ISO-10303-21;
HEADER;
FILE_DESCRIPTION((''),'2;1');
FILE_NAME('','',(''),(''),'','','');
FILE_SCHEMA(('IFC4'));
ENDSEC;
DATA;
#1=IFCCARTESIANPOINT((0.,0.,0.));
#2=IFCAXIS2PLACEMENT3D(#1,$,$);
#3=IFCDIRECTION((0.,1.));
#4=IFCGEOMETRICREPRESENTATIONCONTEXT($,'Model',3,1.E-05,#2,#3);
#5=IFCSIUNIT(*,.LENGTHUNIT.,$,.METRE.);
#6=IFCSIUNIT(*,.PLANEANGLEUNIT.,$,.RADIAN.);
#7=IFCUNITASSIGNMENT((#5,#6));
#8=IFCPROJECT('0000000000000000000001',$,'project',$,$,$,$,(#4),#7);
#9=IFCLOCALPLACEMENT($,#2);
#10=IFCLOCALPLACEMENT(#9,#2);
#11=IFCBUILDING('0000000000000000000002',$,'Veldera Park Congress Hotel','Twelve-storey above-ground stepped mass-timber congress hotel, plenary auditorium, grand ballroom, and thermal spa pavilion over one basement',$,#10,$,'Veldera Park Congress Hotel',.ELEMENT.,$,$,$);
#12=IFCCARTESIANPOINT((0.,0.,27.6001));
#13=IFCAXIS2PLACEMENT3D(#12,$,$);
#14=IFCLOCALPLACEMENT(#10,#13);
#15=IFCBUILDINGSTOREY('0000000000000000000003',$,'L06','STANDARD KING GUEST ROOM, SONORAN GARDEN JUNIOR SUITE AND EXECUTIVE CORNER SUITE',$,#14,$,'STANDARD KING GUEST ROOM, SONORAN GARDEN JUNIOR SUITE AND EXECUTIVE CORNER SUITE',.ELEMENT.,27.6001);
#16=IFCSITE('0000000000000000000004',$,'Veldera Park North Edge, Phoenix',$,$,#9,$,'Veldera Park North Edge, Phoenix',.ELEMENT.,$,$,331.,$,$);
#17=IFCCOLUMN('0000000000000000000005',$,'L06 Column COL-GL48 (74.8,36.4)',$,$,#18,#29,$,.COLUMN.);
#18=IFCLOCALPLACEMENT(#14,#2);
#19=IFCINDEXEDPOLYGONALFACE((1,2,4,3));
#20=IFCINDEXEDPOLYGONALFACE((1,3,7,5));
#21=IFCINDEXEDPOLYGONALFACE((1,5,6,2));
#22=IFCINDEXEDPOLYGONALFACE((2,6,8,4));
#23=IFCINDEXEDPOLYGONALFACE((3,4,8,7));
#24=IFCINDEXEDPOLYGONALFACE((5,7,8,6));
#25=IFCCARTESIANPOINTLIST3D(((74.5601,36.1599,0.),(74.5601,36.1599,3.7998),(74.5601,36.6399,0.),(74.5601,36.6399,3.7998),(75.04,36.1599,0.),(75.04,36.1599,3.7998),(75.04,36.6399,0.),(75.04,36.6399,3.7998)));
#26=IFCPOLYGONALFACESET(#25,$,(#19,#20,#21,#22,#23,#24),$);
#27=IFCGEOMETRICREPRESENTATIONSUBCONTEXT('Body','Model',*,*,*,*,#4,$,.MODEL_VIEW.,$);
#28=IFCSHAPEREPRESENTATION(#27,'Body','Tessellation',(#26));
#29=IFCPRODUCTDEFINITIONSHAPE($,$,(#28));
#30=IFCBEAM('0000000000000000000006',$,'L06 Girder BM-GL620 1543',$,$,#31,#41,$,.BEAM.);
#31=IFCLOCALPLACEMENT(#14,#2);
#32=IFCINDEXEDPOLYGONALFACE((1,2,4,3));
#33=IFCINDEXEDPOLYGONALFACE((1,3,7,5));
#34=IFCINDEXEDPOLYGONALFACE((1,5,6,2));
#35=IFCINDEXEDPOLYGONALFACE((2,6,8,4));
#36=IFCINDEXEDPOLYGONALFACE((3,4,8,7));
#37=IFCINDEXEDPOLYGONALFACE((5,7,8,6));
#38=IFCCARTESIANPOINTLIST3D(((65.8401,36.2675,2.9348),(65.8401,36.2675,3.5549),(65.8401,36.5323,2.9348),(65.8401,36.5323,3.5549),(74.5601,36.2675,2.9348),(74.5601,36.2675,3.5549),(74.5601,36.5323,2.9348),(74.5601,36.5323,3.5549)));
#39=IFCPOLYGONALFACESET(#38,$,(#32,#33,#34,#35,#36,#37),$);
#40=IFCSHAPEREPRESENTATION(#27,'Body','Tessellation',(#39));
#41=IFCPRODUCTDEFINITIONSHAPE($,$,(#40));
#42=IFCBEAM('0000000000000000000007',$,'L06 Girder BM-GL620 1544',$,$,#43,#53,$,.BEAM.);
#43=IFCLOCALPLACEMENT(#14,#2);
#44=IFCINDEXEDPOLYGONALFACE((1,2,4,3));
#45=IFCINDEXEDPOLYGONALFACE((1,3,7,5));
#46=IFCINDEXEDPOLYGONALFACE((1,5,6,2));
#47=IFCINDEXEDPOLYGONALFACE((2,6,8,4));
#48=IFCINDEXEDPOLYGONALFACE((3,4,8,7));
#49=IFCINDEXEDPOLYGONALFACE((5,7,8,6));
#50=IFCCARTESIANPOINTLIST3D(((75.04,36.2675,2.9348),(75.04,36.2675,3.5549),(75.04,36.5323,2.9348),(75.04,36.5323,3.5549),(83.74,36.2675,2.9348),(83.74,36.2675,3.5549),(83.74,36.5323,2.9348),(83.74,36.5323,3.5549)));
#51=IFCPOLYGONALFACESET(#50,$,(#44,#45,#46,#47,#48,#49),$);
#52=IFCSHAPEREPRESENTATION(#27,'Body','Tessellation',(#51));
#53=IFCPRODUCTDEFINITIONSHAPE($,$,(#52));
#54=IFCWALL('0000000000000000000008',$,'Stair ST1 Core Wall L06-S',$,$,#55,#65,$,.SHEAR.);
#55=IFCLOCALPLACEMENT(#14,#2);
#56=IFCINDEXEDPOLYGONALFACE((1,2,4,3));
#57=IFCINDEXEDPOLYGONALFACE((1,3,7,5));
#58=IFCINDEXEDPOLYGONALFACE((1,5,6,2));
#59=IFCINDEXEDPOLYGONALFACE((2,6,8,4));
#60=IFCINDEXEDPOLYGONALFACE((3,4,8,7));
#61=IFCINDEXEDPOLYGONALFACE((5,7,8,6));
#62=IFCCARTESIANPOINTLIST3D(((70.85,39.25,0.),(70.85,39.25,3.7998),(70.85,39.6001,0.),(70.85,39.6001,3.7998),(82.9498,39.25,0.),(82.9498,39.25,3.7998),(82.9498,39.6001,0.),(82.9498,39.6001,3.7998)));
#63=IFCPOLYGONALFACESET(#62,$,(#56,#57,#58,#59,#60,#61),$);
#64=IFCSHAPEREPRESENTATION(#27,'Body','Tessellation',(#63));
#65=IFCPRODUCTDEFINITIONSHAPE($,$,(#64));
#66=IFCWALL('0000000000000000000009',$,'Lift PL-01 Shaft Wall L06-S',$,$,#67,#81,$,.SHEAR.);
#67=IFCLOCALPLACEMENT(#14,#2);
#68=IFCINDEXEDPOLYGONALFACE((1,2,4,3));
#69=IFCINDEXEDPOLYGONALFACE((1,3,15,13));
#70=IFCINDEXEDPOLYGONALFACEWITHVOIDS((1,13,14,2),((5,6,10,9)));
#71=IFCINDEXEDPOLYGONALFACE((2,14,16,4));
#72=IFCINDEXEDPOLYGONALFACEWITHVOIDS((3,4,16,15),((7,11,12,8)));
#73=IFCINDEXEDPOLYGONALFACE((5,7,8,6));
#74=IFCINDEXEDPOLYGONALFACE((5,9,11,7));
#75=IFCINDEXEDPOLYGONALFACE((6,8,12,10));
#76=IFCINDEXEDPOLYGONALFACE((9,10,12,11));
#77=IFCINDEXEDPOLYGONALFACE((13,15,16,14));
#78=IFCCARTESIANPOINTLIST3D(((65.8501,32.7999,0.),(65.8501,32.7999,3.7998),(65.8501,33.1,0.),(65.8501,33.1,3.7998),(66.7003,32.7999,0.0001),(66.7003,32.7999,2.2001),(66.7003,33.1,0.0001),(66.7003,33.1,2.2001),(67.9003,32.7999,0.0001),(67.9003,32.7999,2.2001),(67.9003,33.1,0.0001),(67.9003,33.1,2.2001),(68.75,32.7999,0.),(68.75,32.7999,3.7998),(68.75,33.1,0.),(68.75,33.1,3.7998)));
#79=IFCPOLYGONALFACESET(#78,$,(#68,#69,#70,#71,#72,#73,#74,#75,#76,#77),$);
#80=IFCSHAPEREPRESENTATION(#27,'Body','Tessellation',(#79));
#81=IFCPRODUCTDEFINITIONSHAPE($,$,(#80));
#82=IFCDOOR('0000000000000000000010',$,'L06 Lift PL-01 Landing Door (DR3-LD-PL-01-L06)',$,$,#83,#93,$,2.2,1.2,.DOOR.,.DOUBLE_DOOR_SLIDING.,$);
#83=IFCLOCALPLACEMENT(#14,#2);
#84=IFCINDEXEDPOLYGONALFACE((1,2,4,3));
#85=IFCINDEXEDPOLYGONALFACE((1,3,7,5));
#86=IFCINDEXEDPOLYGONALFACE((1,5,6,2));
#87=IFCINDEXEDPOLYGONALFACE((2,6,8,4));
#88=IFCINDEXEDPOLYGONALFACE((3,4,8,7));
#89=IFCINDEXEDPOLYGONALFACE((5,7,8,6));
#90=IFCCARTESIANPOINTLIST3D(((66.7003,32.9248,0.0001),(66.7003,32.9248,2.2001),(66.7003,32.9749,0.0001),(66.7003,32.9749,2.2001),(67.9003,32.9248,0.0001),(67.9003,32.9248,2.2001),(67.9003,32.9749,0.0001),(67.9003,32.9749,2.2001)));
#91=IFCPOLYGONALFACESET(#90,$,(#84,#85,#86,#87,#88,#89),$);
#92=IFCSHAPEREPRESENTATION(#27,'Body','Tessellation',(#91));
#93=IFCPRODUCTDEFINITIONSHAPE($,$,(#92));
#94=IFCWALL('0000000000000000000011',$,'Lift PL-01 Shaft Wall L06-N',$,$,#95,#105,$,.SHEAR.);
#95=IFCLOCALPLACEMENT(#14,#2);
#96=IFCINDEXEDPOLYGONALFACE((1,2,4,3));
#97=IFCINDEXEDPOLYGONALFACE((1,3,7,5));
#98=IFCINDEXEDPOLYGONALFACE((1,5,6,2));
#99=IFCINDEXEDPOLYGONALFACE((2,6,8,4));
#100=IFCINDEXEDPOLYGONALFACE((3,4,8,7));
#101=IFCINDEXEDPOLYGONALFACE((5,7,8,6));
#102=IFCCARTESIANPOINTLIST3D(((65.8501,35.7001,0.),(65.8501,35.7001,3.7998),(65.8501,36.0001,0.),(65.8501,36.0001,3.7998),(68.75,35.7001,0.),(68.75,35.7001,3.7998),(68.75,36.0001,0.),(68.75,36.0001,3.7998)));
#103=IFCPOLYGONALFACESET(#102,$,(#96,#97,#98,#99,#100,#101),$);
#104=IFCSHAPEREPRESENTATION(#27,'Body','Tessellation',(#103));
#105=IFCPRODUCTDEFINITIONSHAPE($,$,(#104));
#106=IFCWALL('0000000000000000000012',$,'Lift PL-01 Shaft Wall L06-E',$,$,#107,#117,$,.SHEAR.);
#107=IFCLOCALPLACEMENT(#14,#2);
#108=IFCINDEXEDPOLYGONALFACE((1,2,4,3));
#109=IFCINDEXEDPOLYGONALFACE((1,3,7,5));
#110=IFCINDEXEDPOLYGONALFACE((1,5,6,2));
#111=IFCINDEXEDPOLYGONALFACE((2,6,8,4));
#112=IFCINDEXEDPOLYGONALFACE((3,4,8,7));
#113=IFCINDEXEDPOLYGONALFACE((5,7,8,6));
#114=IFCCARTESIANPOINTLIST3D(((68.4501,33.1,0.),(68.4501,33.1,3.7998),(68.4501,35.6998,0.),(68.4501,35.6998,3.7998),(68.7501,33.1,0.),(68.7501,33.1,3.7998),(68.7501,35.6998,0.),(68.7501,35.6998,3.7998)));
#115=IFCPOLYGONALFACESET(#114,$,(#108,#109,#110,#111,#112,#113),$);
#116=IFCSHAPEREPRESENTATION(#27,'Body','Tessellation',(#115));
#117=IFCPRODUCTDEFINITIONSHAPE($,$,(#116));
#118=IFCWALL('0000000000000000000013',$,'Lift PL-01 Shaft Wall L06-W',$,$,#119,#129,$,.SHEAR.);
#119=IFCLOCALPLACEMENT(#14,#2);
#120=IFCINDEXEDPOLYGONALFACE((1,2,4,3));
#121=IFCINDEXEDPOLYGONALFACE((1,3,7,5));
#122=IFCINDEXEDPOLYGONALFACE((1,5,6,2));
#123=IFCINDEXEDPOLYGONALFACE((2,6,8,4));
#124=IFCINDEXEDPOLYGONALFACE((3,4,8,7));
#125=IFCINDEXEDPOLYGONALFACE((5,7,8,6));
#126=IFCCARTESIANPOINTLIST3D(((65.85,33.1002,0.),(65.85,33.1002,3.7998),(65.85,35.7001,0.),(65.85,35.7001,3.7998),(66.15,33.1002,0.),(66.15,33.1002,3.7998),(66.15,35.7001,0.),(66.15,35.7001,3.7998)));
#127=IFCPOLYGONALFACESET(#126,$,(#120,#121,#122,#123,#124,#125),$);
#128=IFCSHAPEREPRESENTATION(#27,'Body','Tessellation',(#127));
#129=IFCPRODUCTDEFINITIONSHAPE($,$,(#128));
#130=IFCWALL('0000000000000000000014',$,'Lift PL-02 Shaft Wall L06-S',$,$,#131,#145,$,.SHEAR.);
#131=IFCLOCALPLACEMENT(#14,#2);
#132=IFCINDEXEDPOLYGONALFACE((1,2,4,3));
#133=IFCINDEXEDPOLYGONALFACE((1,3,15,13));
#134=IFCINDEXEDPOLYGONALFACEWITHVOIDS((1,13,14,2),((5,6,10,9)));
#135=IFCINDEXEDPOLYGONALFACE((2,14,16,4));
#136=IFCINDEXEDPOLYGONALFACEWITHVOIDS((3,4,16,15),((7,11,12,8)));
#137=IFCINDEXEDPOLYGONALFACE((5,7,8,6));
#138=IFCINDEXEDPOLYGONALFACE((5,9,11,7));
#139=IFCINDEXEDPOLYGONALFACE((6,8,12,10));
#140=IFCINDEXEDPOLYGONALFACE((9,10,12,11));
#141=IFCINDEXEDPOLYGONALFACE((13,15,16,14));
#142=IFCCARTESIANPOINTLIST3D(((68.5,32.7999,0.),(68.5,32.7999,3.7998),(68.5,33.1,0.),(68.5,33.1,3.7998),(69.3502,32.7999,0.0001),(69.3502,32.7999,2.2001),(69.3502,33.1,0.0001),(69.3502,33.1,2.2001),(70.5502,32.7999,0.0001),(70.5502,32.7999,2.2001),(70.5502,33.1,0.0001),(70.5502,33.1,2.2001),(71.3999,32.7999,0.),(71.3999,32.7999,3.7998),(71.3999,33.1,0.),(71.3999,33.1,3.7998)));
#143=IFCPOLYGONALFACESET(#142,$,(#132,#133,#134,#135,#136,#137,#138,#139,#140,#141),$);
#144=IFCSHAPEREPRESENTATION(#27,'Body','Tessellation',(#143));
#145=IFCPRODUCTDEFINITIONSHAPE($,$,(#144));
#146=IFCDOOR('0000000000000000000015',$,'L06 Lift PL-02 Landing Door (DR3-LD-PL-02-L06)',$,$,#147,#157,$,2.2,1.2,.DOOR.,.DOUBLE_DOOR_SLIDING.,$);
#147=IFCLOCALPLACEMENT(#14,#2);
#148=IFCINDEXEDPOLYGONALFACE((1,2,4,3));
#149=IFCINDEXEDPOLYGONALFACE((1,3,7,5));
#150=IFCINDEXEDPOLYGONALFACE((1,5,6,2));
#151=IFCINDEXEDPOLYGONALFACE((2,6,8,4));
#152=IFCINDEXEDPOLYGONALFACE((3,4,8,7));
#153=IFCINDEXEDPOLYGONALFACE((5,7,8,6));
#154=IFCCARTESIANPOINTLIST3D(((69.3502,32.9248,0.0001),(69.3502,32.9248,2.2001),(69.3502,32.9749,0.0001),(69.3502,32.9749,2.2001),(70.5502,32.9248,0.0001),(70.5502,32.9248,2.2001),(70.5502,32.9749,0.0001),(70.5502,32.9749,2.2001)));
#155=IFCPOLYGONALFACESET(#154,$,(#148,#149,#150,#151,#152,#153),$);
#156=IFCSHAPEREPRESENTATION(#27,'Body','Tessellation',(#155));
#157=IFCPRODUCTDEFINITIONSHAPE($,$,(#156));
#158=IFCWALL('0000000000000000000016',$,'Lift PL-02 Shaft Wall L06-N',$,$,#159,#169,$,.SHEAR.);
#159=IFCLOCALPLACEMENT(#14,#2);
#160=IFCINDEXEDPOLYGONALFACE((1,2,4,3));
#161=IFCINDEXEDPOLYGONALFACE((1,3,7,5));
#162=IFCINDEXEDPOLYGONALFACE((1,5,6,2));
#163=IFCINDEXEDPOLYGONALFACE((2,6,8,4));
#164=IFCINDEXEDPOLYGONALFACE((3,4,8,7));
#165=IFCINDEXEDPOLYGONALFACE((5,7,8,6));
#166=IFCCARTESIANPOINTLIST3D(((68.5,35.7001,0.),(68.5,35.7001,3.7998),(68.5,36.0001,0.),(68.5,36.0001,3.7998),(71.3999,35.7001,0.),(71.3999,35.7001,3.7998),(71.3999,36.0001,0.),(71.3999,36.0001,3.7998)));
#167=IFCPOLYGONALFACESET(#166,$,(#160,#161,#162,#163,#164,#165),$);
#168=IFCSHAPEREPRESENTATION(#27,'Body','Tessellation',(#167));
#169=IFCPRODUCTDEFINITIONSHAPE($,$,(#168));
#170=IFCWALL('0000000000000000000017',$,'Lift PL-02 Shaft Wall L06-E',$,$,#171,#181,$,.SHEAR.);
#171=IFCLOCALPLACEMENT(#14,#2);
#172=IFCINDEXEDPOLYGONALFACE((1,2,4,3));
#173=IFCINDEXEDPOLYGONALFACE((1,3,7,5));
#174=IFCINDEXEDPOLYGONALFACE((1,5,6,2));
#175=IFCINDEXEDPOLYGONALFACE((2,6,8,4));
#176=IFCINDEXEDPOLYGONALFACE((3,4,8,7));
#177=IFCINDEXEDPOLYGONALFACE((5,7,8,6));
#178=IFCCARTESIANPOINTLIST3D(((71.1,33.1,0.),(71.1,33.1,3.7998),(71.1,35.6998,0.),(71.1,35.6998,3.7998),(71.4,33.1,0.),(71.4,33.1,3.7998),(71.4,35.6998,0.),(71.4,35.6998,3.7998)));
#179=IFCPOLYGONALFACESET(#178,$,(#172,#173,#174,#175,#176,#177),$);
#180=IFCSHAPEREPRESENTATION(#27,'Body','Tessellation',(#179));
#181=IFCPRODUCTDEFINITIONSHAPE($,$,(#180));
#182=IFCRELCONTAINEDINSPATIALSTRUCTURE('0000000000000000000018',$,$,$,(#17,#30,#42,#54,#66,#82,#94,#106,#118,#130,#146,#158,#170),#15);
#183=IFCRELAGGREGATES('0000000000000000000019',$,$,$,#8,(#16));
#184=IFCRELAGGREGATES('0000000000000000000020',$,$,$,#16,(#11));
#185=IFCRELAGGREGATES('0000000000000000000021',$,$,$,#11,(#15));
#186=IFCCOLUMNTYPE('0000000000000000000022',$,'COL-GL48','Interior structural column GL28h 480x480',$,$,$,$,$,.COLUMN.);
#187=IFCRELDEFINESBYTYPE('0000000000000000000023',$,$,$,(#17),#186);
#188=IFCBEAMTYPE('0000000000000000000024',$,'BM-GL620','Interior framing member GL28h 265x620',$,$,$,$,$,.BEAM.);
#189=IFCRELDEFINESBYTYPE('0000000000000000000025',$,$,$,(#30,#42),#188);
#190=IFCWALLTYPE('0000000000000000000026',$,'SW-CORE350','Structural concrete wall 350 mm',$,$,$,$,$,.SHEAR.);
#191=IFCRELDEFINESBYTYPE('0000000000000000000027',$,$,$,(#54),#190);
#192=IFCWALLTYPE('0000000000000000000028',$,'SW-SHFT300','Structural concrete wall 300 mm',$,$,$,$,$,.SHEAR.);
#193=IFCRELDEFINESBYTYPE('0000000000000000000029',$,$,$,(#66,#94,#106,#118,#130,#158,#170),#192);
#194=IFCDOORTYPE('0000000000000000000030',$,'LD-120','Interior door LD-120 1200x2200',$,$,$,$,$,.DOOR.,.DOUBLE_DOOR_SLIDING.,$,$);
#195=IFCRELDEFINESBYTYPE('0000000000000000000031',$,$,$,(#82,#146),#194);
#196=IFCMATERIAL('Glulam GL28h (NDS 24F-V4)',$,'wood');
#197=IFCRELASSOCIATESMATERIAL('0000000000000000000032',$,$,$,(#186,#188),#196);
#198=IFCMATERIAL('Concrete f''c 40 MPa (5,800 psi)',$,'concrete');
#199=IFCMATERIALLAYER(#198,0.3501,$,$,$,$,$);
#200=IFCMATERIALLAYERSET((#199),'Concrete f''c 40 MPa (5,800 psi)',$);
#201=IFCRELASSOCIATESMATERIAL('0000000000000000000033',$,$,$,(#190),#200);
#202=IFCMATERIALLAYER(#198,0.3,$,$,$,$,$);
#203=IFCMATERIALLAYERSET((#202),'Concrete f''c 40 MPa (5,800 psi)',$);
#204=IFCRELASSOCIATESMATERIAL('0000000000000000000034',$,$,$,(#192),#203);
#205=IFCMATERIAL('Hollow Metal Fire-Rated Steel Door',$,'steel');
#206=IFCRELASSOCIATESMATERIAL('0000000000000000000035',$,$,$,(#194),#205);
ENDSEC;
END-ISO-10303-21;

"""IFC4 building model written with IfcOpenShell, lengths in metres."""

from ifc_helpers import new_model, si_unit, direction, frame, frame_2d, origin, origin_2d, place, context, subcontext, project, spatial, rectangle, extrude, material, layer, layer_set, material_profile, profile_set, type_object, element, fill, save


model = new_model("IFC4")

# Units and contexts
model_context = context("Model", 3, precision=1e-05, world=origin(), true_north=direction((0.0, 1.0)))
body_context = subcontext(model_context, "Body", "Model", "MODEL_VIEW")
ifc_project = project(units=[si_unit("LENGTHUNIT", "METRE"), si_unit("PLANEANGLEUNIT", "RADIAN")], contexts=[model_context])

# Site, building, storey
site_placement = place(None, origin())
site = spatial("IfcSite", under=ifc_project, at=site_placement, Name="Veldera Park North Edge, Phoenix", LongName="Veldera Park North Edge, Phoenix", CompositionType="ELEMENT", RefElevation=331.0)
building_placement = place(site_placement, origin())
building = spatial("IfcBuilding", under=site, at=building_placement, Name="Veldera Park Congress Hotel", Description="Twelve-storey above-ground stepped mass-timber congress hotel, plenary auditorium, grand ballroom, and thermal spa pavilion over one basement", LongName="Veldera Park Congress Hotel", CompositionType="ELEMENT")
storey_placement = place(building_placement, frame((0.0, 0.0, 27.6001)))
storey = spatial("IfcBuildingStorey", under=building, at=storey_placement, Name="L06", Description="STANDARD KING GUEST ROOM, SONORAN GARDEN JUNIOR SUITE AND EXECUTIVE CORNER SUITE", LongName="STANDARD KING GUEST ROOM, SONORAN GARDEN JUNIOR SUITE AND EXECUTIVE CORNER SUITE", CompositionType="ELEMENT", Elevation=27.6001)

# Column
ifc_material_1 = material(Name="Glulam GL28h (NDS 24F-V4)", Category="wood")
ifc_material_profile_1 = material_profile(ifc_material_1, rectangle(XDim=0.48, YDim=0.48, at=origin_2d()), Name="GL28h 480x480")
ifc_profile_set_1 = profile_set([ifc_material_profile_1], Name="Glulam GL28h (NDS 24F-V4)")
column_type = type_object("IfcColumnType", Name="COL-GL48", Description="Interior structural column GL28h 480x480", PredefinedType="COLUMN", material=ifc_profile_set_1)
column_placement = place(storey_placement, frame((74.8, 36.3999, 0.0), z_axis=(0.0, 0.0, 1.0), x_axis=(1.0, 0.0, 0.0)))
element("IfcColumn", 1, at=column_placement, inside=storey, type_object=column_type, Name="L06 Column COL-GL48 (74.8,36.4)", PredefinedType="COLUMN", context=body_context, shape_type="SweptSolid", body=[
    extrude(rectangle(XDim=0.48, YDim=0.48, at=origin_2d()), origin(), (0.0, 0.0, 1.0), 3.7998),
])

# Beams
ifc_material_profile_2 = material_profile(ifc_material_1, rectangle(XDim=0.2649, YDim=0.6201, at=origin_2d()), Name="GL28h 265x620")
ifc_profile_set_2 = profile_set([ifc_material_profile_2], Name="Glulam GL28h (NDS 24F-V4)")
beam_type = type_object("IfcBeamType", Name="BM-GL620", Description="Interior framing member GL28h 265x620", PredefinedType="BEAM", material=ifc_profile_set_2)
beam_1_placement = place(storey_placement, frame((65.8401, 36.3999, 3.2449), z_axis=(1.0, 0.0, 0.0), x_axis=(0.0, 1.0, 0.0)))
element("IfcBeam", 2, at=beam_1_placement, inside=storey, type_object=beam_type, Name="L06 Girder BM-GL620 1543", PredefinedType="BEAM", context=body_context, shape_type="SweptSolid", body=[
    extrude(rectangle(XDim=0.2649, YDim=0.6201, at=origin_2d()), origin(), (0.0, 0.0, 1.0), 8.72),
])
beam_2_placement = place(storey_placement, frame((75.04, 36.3999, 3.2449), z_axis=(1.0, 0.0, 0.0), x_axis=(0.0, 1.0, 0.0)))
element("IfcBeam", 3, at=beam_2_placement, inside=storey, type_object=beam_type, Name="L06 Girder BM-GL620 1544", PredefinedType="BEAM", context=body_context, shape_type="SweptSolid", body=[
    extrude(rectangle(XDim=0.2649, YDim=0.6201, at=origin_2d()), origin(), (0.0, 0.0, 1.0), 8.7),
])

# Wall
ifc_material_2 = material(Name="Concrete f'c 40 MPa (5,800 psi)", Category="concrete")
ifc_layer_1 = layer(ifc_material_2, 0.3501)
ifc_layer_set_1 = layer_set([ifc_layer_1], Name="Concrete f'c 40 MPa (5,800 psi)")
wall_type_1 = type_object("IfcWallType", Name="SW-CORE350", Description="Structural concrete wall 350 mm", PredefinedType="SHEAR", material=ifc_layer_set_1)
wall_1_placement = place(storey_placement, frame((70.8501, 39.425, 0.0), z_axis=(0.0, 0.0, 1.0), x_axis=(1.0, 0.0, 0.0)))
element("IfcWall", 4, at=wall_1_placement, inside=storey, type_object=wall_type_1, Name="Stair ST1 Core Wall L06-S", PredefinedType="SHEAR", context=body_context, shape_type="SweptSolid", body=[
    extrude(rectangle(XDim=12.0999, YDim=0.3501, at=frame_2d((6.0498, 0.0))), origin(), (0.0, 0.0, 1.0), 3.7998),
])

# Wall, opening, door
ifc_layer_2 = layer(ifc_material_2, 0.3)
ifc_layer_set_2 = layer_set([ifc_layer_2], Name="Concrete f'c 40 MPa (5,800 psi)")
wall_type_2 = type_object("IfcWallType", Name="SW-SHFT300", Description="Structural concrete wall 300 mm", PredefinedType="SHEAR", material=ifc_layer_set_2)
wall_2_placement = place(storey_placement, frame((65.8501, 32.95, 0.0), z_axis=(0.0, 0.0, 1.0), x_axis=(1.0, 0.0, 0.0)))
wall_2 = element("IfcWall", 5, at=wall_2_placement, inside=storey, type_object=wall_type_2, Name="Lift PL-01 Shaft Wall L06-S", PredefinedType="SHEAR", context=body_context, shape_type="SweptSolid", body=[
    extrude(rectangle(XDim=2.8999, YDim=0.3, at=frame_2d((1.45, 0.0))), origin(), (0.0, 0.0, 1.0), 3.7998),
])
opening_1_placement = place(wall_2_placement, frame((0.8501, 0.0, 0.0)))
opening_1 = element("IfcOpeningElement", 6, at=opening_1_placement, cuts=wall_2, PredefinedType="OPENING", context=body_context, shape_type="SweptSolid", body=[
    extrude(rectangle(XDim=1.2, YDim=2.2, at=frame_2d((0.6001, 1.1001))), frame((0.0, 0.1621, 0.0), z_axis=(0.0, -1.0, 0.0), x_axis=(1.0, 0.0, 0.0)), (0.0, 0.0, 1.0), 0.324),
])
ifc_material_3 = material(Name="Hollow Metal Fire-Rated Steel Door", Category="steel")
door_type_1 = type_object("IfcDoorType", Name="LD-120", Description="Interior door LD-120 1200x2200", OperationType="DOUBLE_DOOR_SLIDING", PredefinedType="DOOR", material=ifc_material_3)
door_1_placement = place(opening_1_placement, origin())
door_1 = element("IfcDoor", 7, at=door_1_placement, inside=storey, type_object=door_type_1, Name="L06 Lift PL-01 Landing Door (DR3-LD-PL-01-L06)", OperationType="DOUBLE_DOOR_SLIDING", OverallHeight=2.2, OverallWidth=1.2, PredefinedType="DOOR", context=body_context, shape_type="SweptSolid", body=[
    extrude(rectangle(XDim=1.2, YDim=2.2, at=frame_2d((0.6001, 1.1001))), frame((0.0, 0.0249, 0.0), z_axis=(0.0, -1.0, 0.0), x_axis=(1.0, 0.0, 0.0)), (0.0, 0.0, 1.0), 0.05),
])
fill(opening_1, door_1)

# Walls
wall_3_placement = place(storey_placement, frame((68.75, 35.8501, 0.0), z_axis=(0.0, 0.0, 1.0), x_axis=(-1.0, 0.0, 0.0)))
element("IfcWall", 8, at=wall_3_placement, inside=storey, type_object=wall_type_2, Name="Lift PL-01 Shaft Wall L06-N", PredefinedType="SHEAR", context=body_context, shape_type="SweptSolid", body=[
    extrude(rectangle(XDim=2.8999, YDim=0.3, at=frame_2d((1.45, 0.0))), origin(), (0.0, 0.0, 1.0), 3.7998),
])
for number, where, z_axis, x_axis, name in (
    (9, (68.6001, 33.1001, 0.0), (0.0, 0.0, 1.0), (0.0, 1.0, 0.0), "Lift PL-01 Shaft Wall L06-E"),
    (10, (66.0, 35.7, 0.0), (0.0, 0.0, 1.0), (0.0, -1.0, 0.0), "Lift PL-01 Shaft Wall L06-W"),
):
    element("IfcWall", number, at=place(storey_placement, frame(where, z_axis=z_axis, x_axis=x_axis)), inside=storey, type_object=wall_type_2, Name=name, PredefinedType="SHEAR", context=body_context, shape_type="SweptSolid", body=[
        extrude(rectangle(XDim=2.5999, YDim=0.3, at=frame_2d((1.2998, 0.0))), origin(), (0.0, 0.0, 1.0), 3.7998),
    ])

# Wall, opening, door
wall_4_placement = place(storey_placement, frame((68.5, 32.95, 0.0), z_axis=(0.0, 0.0, 1.0), x_axis=(1.0, 0.0, 0.0)))
wall_4 = element("IfcWall", 11, at=wall_4_placement, inside=storey, type_object=wall_type_2, Name="Lift PL-02 Shaft Wall L06-S", PredefinedType="SHEAR", context=body_context, shape_type="SweptSolid", body=[
    extrude(rectangle(XDim=2.8999, YDim=0.3, at=frame_2d((1.45, 0.0))), origin(), (0.0, 0.0, 1.0), 3.7998),
])
opening_2_placement = place(wall_4_placement, frame((0.8501, 0.0, 0.0)))
opening_2 = element("IfcOpeningElement", 12, at=opening_2_placement, cuts=wall_4, PredefinedType="OPENING", context=body_context, shape_type="SweptSolid", body=[
    extrude(rectangle(XDim=1.2, YDim=2.2, at=frame_2d((0.6001, 1.1001))), frame((0.0, 0.1621, 0.0), z_axis=(0.0, -1.0, 0.0), x_axis=(1.0, 0.0, 0.0)), (0.0, 0.0, 1.0), 0.324),
])
door_2_placement = place(opening_2_placement, origin())
door_2 = element("IfcDoor", 13, at=door_2_placement, inside=storey, type_object=door_type_1, Name="L06 Lift PL-02 Landing Door (DR3-LD-PL-02-L06)", OperationType="DOUBLE_DOOR_SLIDING", OverallHeight=2.2, OverallWidth=1.2, PredefinedType="DOOR", context=body_context, shape_type="SweptSolid", body=[
    extrude(rectangle(XDim=1.2, YDim=2.2, at=frame_2d((0.6001, 1.1001))), frame((0.0, 0.0249, 0.0), z_axis=(0.0, -1.0, 0.0), x_axis=(1.0, 0.0, 0.0)), (0.0, 0.0, 1.0), 0.05),
])
fill(opening_2, door_2)

# Walls
wall_5_placement = place(storey_placement, frame((71.3999, 35.8501, 0.0), z_axis=(0.0, 0.0, 1.0), x_axis=(-1.0, 0.0, 0.0)))
element("IfcWall", 14, at=wall_5_placement, inside=storey, type_object=wall_type_2, Name="Lift PL-02 Shaft Wall L06-N", PredefinedType="SHEAR", context=body_context, shape_type="SweptSolid", body=[
    extrude(rectangle(XDim=2.8999, YDim=0.3, at=frame_2d((1.45, 0.0))), origin(), (0.0, 0.0, 1.0), 3.7998),
])
wall_6_placement = place(storey_placement, frame((71.25, 33.1001, 0.0), z_axis=(0.0, 0.0, 1.0), x_axis=(0.0, 1.0, 0.0)))
element("IfcWall", 15, at=wall_6_placement, inside=storey, type_object=wall_type_2, Name="Lift PL-02 Shaft Wall L06-E", PredefinedType="SHEAR", context=body_context, shape_type="SweptSolid", body=[
    extrude(rectangle(XDim=2.5999, YDim=0.3, at=frame_2d((1.2998, 0.0))), origin(), (0.0, 0.0, 1.0), 3.7998),
])

save(model, "model.ifc")
